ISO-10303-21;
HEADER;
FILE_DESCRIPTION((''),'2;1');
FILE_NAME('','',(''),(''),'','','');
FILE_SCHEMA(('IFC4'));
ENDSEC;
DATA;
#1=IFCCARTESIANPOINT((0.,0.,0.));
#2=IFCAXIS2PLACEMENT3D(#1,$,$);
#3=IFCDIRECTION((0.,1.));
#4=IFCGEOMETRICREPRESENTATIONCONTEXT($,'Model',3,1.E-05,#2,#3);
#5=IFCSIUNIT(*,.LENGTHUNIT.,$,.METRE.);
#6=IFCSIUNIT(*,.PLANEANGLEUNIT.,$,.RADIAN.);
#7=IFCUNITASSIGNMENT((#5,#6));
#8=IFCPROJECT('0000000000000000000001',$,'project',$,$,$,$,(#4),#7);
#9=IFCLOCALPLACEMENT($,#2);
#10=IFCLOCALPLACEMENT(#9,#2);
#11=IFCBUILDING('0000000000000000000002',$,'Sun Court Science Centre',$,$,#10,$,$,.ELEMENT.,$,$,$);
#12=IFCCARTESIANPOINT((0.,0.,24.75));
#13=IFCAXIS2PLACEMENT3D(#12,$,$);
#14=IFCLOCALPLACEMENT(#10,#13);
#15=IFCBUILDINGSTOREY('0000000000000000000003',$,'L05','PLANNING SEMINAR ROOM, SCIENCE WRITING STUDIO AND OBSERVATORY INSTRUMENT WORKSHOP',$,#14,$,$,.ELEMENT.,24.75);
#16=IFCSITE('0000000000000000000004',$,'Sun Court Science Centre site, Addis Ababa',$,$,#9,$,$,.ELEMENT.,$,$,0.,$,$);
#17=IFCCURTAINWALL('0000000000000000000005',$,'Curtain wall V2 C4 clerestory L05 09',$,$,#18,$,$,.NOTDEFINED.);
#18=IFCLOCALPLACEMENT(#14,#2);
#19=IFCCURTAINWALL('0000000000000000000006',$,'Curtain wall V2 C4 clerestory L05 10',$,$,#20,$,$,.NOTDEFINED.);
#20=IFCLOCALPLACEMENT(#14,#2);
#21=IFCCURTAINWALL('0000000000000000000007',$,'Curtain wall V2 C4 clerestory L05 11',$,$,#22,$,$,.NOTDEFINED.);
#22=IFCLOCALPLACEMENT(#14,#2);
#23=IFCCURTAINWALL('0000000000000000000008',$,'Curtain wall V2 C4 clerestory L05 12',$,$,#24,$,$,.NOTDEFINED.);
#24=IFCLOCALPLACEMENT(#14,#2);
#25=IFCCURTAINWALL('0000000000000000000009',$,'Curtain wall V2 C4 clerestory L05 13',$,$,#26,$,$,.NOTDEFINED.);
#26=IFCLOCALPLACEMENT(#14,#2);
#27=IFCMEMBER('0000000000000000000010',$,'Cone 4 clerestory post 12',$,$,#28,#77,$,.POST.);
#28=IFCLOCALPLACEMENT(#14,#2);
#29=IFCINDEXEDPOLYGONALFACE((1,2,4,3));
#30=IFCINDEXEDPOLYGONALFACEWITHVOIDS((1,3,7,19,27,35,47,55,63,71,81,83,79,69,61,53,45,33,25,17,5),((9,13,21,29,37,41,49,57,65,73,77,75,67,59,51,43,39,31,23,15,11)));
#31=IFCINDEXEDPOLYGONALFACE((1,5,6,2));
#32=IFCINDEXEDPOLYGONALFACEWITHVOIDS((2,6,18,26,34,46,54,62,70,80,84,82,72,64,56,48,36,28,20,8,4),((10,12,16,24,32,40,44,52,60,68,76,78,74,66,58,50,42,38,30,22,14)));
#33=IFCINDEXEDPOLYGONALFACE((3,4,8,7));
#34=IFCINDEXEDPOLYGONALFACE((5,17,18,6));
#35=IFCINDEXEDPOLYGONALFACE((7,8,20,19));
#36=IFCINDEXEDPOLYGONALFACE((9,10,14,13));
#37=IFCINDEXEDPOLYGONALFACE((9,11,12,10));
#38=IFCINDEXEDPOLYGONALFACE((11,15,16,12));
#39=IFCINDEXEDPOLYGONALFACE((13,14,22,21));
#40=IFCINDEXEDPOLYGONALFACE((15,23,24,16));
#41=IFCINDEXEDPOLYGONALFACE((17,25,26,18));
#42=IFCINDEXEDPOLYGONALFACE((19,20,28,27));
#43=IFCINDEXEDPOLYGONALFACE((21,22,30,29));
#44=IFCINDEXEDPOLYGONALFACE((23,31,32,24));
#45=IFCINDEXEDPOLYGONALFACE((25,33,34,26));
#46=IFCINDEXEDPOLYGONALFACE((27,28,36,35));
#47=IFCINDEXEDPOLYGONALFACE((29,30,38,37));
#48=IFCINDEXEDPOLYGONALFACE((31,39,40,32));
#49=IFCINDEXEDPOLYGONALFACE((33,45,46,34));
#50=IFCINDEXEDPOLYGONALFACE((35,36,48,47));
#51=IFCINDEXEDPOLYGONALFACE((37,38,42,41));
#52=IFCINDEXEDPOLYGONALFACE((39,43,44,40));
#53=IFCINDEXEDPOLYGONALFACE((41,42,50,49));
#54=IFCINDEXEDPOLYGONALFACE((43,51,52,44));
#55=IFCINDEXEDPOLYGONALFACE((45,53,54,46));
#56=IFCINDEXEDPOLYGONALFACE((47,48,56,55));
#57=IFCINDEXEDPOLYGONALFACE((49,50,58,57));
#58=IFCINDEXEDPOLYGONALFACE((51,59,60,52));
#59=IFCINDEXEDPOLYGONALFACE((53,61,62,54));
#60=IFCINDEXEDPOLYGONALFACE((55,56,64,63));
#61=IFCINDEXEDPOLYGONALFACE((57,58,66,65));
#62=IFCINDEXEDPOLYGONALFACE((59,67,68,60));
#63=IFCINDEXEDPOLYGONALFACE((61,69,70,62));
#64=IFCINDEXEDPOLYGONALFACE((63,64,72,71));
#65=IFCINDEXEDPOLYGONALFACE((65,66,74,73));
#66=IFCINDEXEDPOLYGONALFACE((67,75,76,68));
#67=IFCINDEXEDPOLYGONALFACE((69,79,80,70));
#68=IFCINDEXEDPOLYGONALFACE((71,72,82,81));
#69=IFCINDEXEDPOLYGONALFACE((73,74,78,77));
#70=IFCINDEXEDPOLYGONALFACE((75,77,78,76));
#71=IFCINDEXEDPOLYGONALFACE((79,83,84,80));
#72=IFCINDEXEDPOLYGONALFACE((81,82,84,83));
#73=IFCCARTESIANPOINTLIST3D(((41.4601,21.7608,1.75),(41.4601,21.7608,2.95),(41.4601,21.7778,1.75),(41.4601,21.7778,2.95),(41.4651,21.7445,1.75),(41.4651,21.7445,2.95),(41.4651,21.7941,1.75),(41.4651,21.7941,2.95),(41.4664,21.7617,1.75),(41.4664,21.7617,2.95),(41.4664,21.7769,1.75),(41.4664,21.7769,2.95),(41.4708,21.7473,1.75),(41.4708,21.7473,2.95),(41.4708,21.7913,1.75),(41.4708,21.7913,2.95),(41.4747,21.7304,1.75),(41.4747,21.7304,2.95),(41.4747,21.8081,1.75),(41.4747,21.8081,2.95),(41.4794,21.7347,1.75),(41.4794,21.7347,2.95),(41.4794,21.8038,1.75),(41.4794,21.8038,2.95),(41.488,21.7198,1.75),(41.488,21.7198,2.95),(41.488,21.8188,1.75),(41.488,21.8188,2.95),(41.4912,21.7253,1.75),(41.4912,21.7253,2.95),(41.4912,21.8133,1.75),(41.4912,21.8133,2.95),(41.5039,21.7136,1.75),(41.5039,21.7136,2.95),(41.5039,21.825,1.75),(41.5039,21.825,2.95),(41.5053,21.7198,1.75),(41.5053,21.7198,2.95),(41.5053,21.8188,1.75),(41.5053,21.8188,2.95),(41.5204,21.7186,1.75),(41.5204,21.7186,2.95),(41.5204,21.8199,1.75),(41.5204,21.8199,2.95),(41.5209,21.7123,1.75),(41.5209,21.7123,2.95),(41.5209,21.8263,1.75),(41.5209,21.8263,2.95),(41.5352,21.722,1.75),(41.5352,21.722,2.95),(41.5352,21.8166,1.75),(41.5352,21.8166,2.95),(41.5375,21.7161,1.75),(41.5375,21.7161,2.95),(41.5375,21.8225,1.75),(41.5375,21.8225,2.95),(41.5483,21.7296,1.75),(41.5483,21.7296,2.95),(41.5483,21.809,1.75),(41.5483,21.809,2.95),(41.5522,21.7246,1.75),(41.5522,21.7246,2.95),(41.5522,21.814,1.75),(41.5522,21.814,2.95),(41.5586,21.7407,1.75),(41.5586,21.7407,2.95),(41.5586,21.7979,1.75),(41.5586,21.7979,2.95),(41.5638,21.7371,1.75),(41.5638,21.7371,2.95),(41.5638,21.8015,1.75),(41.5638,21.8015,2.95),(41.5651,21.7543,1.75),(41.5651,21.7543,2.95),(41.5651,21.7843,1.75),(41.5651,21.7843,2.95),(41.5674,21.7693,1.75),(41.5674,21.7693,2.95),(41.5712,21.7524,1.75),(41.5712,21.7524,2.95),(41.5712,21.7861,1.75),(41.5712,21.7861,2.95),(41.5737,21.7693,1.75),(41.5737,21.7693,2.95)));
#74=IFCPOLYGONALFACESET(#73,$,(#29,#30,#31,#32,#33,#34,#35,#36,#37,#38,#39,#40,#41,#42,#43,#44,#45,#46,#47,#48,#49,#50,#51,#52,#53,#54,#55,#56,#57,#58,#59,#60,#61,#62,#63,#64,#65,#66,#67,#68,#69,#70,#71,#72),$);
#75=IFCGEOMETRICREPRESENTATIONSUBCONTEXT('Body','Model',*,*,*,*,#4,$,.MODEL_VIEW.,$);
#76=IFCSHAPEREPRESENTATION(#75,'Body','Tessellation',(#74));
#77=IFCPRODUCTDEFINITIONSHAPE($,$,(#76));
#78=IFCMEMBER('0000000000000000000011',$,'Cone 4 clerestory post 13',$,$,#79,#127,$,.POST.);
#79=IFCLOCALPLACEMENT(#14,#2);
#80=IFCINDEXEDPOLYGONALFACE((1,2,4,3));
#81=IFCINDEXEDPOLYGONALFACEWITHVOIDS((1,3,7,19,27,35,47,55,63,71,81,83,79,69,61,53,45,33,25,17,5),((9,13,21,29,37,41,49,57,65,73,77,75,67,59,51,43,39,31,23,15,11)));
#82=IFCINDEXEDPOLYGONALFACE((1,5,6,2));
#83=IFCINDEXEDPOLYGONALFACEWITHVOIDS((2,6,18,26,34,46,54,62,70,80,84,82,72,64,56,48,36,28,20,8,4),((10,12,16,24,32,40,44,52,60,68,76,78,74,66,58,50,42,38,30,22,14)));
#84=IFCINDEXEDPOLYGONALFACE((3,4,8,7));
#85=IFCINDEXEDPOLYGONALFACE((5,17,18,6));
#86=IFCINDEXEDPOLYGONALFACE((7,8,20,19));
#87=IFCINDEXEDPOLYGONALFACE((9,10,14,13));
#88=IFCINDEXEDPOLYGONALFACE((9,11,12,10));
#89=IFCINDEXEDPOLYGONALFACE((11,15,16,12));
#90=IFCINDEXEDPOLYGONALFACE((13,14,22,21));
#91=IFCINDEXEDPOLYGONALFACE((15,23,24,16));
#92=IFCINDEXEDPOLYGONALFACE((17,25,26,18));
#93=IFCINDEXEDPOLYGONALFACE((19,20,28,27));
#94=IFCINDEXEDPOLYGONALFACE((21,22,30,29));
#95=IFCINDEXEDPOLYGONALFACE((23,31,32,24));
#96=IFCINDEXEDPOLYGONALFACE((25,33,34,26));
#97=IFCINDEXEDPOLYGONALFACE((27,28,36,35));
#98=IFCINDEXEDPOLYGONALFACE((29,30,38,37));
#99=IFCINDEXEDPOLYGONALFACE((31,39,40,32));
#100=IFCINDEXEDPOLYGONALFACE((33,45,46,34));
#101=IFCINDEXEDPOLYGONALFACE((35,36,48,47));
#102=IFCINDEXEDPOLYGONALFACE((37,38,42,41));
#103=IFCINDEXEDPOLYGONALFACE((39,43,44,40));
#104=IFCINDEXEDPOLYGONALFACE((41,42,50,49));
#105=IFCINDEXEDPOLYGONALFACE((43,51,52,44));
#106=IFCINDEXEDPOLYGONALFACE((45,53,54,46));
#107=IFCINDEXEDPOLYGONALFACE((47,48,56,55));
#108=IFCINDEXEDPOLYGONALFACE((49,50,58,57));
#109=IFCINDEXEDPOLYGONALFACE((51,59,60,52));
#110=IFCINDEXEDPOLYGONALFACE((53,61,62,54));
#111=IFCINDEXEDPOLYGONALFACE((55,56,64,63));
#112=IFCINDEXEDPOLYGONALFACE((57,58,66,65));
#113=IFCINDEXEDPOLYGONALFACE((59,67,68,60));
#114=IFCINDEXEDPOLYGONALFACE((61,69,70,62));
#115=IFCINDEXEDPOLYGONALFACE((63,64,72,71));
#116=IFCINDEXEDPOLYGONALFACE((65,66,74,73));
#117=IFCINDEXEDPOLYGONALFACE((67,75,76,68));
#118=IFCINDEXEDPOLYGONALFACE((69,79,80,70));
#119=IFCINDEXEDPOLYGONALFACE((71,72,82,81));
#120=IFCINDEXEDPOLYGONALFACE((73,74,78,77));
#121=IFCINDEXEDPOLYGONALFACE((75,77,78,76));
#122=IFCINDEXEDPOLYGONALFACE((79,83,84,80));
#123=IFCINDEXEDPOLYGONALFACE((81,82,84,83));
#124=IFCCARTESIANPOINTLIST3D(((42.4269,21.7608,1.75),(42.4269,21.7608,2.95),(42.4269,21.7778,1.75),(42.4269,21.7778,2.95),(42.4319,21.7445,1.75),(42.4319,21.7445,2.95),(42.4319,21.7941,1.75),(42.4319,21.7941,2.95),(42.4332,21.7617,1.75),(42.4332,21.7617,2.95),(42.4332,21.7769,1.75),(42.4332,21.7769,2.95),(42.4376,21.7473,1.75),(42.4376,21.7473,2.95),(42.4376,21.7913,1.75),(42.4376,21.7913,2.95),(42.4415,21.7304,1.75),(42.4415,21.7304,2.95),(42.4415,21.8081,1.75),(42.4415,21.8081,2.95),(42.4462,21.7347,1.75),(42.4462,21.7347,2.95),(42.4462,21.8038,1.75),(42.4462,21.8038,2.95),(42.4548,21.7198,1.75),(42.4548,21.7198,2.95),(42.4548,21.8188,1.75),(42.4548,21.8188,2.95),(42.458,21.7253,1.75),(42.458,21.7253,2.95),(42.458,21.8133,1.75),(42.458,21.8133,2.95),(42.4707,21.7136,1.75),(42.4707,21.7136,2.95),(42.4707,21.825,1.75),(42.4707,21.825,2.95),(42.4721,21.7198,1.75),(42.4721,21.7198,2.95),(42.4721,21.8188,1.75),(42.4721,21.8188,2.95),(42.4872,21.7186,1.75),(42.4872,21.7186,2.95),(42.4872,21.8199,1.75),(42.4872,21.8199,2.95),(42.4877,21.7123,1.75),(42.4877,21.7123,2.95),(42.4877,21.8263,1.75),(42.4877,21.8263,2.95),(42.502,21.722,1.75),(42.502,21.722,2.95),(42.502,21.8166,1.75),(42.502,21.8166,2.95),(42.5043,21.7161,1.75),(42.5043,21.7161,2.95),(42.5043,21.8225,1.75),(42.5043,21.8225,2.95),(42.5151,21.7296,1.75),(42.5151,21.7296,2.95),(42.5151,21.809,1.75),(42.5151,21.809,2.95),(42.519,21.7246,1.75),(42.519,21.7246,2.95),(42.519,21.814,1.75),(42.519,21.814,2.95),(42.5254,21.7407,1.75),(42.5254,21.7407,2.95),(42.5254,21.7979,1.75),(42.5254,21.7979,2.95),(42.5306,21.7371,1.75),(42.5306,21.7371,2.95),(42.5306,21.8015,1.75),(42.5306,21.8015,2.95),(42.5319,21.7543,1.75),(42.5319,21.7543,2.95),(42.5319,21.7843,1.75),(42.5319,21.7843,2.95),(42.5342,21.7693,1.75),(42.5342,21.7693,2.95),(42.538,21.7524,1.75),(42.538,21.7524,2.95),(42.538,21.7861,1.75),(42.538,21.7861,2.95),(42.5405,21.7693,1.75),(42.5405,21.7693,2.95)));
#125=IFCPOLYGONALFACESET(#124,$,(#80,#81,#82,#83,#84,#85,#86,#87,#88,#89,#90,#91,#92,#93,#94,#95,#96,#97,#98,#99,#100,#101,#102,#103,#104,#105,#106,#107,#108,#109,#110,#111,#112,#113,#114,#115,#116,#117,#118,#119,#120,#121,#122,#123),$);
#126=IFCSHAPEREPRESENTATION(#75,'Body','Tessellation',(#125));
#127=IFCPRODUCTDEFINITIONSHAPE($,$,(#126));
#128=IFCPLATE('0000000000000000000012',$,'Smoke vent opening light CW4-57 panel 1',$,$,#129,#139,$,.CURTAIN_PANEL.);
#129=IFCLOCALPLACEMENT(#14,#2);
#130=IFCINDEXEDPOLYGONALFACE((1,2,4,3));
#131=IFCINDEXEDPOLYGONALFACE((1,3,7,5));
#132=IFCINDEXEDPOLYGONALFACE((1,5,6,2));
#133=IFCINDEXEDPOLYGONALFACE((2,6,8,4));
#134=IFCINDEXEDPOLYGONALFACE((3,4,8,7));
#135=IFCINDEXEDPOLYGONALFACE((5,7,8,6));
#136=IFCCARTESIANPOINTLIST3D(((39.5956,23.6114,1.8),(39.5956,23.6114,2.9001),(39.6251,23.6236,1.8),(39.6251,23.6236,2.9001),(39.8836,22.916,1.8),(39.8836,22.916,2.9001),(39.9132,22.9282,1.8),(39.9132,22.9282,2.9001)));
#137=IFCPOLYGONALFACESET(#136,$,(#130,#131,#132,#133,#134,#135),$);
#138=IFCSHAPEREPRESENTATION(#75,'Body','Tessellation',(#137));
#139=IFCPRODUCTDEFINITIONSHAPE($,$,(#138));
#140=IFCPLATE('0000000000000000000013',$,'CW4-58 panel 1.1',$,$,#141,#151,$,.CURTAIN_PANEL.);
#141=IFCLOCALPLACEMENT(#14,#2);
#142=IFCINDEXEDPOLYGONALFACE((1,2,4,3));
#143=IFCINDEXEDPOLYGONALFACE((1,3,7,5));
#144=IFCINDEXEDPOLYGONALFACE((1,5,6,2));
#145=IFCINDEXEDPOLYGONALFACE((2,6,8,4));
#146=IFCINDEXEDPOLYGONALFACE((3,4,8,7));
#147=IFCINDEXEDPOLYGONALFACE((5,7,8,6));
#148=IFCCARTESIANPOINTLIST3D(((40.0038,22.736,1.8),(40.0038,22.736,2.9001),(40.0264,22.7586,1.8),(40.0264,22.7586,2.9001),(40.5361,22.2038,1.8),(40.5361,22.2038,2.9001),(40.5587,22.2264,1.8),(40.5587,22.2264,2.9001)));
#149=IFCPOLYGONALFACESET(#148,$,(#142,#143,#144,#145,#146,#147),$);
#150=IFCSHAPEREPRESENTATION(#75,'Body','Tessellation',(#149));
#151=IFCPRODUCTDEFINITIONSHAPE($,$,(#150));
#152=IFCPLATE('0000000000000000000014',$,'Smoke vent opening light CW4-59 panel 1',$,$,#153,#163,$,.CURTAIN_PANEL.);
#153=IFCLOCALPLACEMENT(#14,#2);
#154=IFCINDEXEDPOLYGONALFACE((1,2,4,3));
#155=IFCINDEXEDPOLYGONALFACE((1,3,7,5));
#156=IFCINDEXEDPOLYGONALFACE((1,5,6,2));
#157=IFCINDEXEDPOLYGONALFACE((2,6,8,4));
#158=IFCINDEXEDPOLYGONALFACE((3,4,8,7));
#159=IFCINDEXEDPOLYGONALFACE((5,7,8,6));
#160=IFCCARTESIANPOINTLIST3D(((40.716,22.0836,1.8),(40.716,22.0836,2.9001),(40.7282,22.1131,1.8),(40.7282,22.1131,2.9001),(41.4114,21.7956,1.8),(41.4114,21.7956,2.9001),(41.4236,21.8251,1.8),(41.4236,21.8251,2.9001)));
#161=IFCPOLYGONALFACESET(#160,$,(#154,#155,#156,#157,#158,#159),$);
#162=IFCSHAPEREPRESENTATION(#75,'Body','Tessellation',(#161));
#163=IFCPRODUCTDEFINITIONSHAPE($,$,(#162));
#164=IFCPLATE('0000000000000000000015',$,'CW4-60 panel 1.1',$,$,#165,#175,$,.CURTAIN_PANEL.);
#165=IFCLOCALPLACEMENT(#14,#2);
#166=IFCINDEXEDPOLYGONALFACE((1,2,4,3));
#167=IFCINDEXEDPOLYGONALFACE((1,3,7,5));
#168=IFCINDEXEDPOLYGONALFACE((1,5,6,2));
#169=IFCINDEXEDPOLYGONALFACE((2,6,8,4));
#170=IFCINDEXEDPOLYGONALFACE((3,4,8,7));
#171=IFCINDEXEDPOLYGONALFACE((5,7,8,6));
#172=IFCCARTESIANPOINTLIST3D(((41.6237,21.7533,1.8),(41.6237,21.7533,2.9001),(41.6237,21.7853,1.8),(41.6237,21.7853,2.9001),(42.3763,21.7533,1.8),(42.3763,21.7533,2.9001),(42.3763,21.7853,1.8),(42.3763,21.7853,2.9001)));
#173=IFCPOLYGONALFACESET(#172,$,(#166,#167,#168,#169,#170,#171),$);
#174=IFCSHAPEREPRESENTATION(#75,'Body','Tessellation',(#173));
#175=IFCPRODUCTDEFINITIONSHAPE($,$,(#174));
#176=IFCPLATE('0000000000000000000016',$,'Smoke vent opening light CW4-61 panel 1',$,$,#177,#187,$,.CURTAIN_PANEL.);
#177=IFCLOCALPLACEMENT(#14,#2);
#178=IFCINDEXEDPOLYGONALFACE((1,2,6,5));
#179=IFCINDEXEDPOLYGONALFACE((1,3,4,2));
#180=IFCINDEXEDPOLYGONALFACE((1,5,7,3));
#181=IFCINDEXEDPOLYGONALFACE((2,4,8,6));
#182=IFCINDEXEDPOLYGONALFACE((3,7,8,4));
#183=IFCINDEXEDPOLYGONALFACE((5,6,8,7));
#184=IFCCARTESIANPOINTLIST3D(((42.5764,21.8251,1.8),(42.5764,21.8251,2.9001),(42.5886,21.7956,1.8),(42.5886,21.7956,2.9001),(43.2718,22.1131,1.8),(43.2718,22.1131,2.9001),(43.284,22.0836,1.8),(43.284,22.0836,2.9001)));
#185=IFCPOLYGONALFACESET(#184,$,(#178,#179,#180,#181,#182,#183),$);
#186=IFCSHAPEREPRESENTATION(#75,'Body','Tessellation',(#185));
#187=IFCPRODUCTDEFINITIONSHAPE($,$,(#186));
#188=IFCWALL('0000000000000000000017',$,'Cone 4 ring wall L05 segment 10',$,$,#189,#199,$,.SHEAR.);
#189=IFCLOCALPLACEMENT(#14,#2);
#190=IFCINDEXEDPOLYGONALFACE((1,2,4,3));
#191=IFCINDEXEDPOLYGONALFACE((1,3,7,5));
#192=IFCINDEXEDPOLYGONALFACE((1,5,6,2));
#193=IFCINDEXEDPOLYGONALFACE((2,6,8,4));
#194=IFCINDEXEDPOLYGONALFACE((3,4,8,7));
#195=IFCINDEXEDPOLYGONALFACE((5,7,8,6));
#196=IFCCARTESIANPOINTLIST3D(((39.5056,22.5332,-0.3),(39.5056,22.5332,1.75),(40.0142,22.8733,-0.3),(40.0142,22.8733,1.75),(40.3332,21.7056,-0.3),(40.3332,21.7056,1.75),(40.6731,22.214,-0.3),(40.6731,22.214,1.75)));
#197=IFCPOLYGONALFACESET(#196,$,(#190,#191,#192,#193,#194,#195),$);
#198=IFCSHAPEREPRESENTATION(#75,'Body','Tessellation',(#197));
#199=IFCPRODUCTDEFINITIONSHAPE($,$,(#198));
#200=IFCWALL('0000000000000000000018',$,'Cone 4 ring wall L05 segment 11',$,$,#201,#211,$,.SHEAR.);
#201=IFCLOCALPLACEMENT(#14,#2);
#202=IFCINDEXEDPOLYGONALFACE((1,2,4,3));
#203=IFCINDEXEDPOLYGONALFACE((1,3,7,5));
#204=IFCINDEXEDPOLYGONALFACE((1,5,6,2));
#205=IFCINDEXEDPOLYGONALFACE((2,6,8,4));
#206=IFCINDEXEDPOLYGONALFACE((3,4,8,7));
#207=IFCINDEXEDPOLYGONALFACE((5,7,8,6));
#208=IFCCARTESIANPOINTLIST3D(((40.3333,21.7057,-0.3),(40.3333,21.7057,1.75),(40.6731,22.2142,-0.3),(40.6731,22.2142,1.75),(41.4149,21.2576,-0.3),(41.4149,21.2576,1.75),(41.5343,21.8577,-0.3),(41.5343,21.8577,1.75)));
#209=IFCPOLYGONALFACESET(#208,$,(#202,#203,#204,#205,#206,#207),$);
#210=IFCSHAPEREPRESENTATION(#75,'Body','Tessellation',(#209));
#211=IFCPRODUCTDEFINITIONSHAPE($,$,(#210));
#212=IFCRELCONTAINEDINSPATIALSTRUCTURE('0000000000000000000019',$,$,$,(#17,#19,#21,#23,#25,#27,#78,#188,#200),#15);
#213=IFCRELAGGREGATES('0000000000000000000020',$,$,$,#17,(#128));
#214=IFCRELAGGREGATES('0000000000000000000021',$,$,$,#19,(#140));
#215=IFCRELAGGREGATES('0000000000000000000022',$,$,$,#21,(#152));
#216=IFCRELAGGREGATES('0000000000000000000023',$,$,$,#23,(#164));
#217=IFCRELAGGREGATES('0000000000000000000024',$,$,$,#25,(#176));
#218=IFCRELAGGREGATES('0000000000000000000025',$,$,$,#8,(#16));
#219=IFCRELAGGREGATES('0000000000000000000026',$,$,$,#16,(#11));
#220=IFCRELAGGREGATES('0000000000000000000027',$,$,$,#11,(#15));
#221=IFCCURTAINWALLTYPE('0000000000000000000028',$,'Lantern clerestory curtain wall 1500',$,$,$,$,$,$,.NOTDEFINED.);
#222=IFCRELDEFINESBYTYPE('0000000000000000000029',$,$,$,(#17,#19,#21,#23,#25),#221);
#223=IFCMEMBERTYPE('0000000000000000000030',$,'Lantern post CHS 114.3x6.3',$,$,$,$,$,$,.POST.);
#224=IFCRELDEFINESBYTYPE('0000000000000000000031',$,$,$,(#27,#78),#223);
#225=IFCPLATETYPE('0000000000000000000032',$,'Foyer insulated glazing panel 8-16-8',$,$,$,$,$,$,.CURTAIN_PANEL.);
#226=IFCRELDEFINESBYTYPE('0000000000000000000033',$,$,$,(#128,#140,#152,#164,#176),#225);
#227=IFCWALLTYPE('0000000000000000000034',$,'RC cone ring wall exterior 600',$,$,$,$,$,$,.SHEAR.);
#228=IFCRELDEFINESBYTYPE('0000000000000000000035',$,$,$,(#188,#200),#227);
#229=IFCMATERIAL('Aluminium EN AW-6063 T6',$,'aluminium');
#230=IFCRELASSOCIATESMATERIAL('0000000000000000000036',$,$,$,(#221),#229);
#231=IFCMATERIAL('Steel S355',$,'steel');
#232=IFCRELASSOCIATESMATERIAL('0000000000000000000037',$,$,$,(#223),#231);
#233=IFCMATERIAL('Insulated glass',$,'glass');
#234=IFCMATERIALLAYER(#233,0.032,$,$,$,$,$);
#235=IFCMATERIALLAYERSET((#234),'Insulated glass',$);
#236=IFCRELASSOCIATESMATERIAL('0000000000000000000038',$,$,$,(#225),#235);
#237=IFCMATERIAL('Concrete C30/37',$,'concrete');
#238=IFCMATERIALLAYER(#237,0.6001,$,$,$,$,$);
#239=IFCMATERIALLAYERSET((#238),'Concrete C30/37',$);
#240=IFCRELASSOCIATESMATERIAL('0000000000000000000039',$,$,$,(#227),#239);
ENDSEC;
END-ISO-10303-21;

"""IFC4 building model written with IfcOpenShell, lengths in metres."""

from ifc_helpers import new_model, si_unit, direction, frame, origin, origin_2d, place, context, subcontext, project, spatial, polyline, rectangle, hollow_circle, outline, extrude, material, layer, layer_set, material_profile, profile_set, type_object, element, aggregate, save


model = new_model("IFC4")

# Units and contexts
model_context = context("Model", 3, precision=1e-05, world=origin(), true_north=direction((0.0, 1.0)))
body_context = subcontext(model_context, "Body", "Model", "MODEL_VIEW")
ifc_project = project(units=[si_unit("LENGTHUNIT", "METRE"), si_unit("PLANEANGLEUNIT", "RADIAN")], contexts=[model_context])

# Site, building, storey
site_placement = place(None, origin())
site = spatial("IfcSite", under=ifc_project, at=site_placement, Name="Sun Court Science Centre site, Addis Ababa", CompositionType="ELEMENT", RefElevation=0.0)
building_placement = place(site_placement, origin())
building = spatial("IfcBuilding", under=site, at=building_placement, Name="Sun Court Science Centre", CompositionType="ELEMENT")
storey_placement = place(building_placement, frame((0.0, 0.0, 24.75)))
storey = spatial("IfcBuildingStorey", under=building, at=storey_placement, Name="L05", Description="PLANNING SEMINAR ROOM, SCIENCE WRITING STUDIO AND OBSERVATORY INSTRUMENT WORKSHOP", CompositionType="ELEMENT", Elevation=24.75)

# Curtain wall
ifc_material_1 = material(Name="Aluminium EN AW-6063 T6", Category="aluminium")
curtain_wall_type = type_object("IfcCurtainWallType", Name="Lantern clerestory curtain wall 1500", PredefinedType="NOTDEFINED", material=ifc_material_1)
curtain_wall_1_placement = place(storey_placement, origin())
curtain_wall_1 = element("IfcCurtainWall", 1, at=curtain_wall_1_placement, inside=storey, type_object=curtain_wall_type, Name="Curtain wall V2 C4 clerestory L05 09", PredefinedType="NOTDEFINED")

# Curtain walls
curtain_wall_2_placement = place(storey_placement, origin())
curtain_wall_2 = element("IfcCurtainWall", 2, at=curtain_wall_2_placement, inside=storey, type_object=curtain_wall_type, Name="Curtain wall V2 C4 clerestory L05 10", PredefinedType="NOTDEFINED")
curtain_wall_3_placement = place(storey_placement, origin())
curtain_wall_3 = element("IfcCurtainWall", 3, at=curtain_wall_3_placement, inside=storey, type_object=curtain_wall_type, Name="Curtain wall V2 C4 clerestory L05 11", PredefinedType="NOTDEFINED")
curtain_wall_4_placement = place(storey_placement, origin())
curtain_wall_4 = element("IfcCurtainWall", 4, at=curtain_wall_4_placement, inside=storey, type_object=curtain_wall_type, Name="Curtain wall V2 C4 clerestory L05 12", PredefinedType="NOTDEFINED")

# Curtain wall
curtain_wall_5_placement = place(storey_placement, origin())
curtain_wall_5 = element("IfcCurtainWall", 5, at=curtain_wall_5_placement, inside=storey, type_object=curtain_wall_type, Name="Curtain wall V2 C4 clerestory L05 13", PredefinedType="NOTDEFINED")

# Members
ifc_material_2 = material(Name="Steel S355", Category="steel")
ifc_material_profile_1 = material_profile(ifc_material_2, hollow_circle(Radius=0.0571, WallThickness=0.0063, at=origin_2d()), Name="CHS 114.3x6.3")
ifc_profile_set_1 = profile_set([ifc_material_profile_1], Name="Steel S355")
member_type_1 = type_object("IfcMemberType", Name="Lantern post CHS 114.3x6.3", PredefinedType="POST", material=ifc_profile_set_1)
for number, where, z_axis, x_axis, name in (
    (6, (41.5166, 21.7693, 1.75), (0.0, 0.0, 1.0), (1.0, 0.0, 0.0), "Cone 4 clerestory post 12"),
    (7, (42.4834, 21.7693, 1.75), (0.0, 0.0, 1.0), (1.0, 0.0, 0.0), "Cone 4 clerestory post 13"),
):
    element("IfcMember", number, at=place(storey_placement, frame(where, z_axis=z_axis, x_axis=x_axis)), inside=storey, type_object=member_type_1, Name=name, PredefinedType="POST", context=body_context, shape_type="SweptSolid", body=[
        extrude(hollow_circle(Radius=0.0571, WallThickness=0.0063, at=origin_2d()), origin(), (0.0, 0.0, 1.0), 1.2),
    ])

# Plates
ifc_material_3 = material(Name="Insulated glass", Category="glass")
ifc_layer_1 = layer(ifc_material_3, 0.032)
ifc_layer_set_1 = layer_set([ifc_layer_1], Name="Insulated glass")
plate_type = type_object("IfcPlateType", Name="Foyer insulated glazing panel 8-16-8", PredefinedType="CURTAIN_PANEL", material=ifc_layer_set_1)
plate_1_placement = place(storey_placement, frame((39.7544, 23.2698, 1.8), z_axis=(0.0, 0.0, 1.0), x_axis=(-0.382683, 0.92388, 0.0)))
plate_1 = element("IfcPlate", 8, at=plate_1_placement, type_object=plate_type, Name="Smoke vent opening light CW4-57 panel 1", PredefinedType="CURTAIN_PANEL", context=body_context, shape_type="SweptSolid", body=[
    extrude(rectangle(XDim=0.7527, YDim=0.032, at=origin_2d()), origin(), (0.0, 0.0, 1.0), 1.1001),
])
aggregate(curtain_wall_1, [plate_1])
plate_2_placement = place(storey_placement, frame((40.2812, 22.4812, 1.8), z_axis=(0.0, 0.0, 1.0), x_axis=(-0.707107, 0.707107, 0.0)))
plate_2 = element("IfcPlate", 9, at=plate_2_placement, type_object=plate_type, Name="CW4-58 panel 1.1", PredefinedType="CURTAIN_PANEL", context=body_context, shape_type="SweptSolid", body=[
    extrude(rectangle(XDim=0.7527, YDim=0.032, at=origin_2d()), origin(), (0.0, 0.0, 1.0), 1.1001),
])
aggregate(curtain_wall_2, [plate_2])
plate_3_placement = place(storey_placement, frame((41.0698, 21.9543, 1.8), z_axis=(0.0, 0.0, 1.0), x_axis=(-0.92388, 0.382683, 0.0)))
plate_3 = element("IfcPlate", 10, at=plate_3_placement, type_object=plate_type, Name="Smoke vent opening light CW4-59 panel 1", PredefinedType="CURTAIN_PANEL", context=body_context, shape_type="SweptSolid", body=[
    extrude(rectangle(XDim=0.7527, YDim=0.032, at=origin_2d()), origin(), (0.0, 0.0, 1.0), 1.1001),
])
aggregate(curtain_wall_3, [plate_3])
plate_4_placement = place(storey_placement, frame((42.0, 21.7693, 1.8), z_axis=(0.0, 0.0, 1.0), x_axis=(-1.0, 0.0, 0.0)))
plate_4 = element("IfcPlate", 11, at=plate_4_placement, type_object=plate_type, Name="CW4-60 panel 1.1", PredefinedType="CURTAIN_PANEL", context=body_context, shape_type="SweptSolid", body=[
    extrude(rectangle(XDim=0.7527, YDim=0.032, at=origin_2d()), origin(), (0.0, 0.0, 1.0), 1.1001),
])
aggregate(curtain_wall_4, [plate_4])
plate_5_placement = place(storey_placement, frame((42.9302, 21.9543, 1.8), z_axis=(0.0, 0.0, 1.0), x_axis=(-0.92388, -0.382683, 0.0)))
plate_5 = element("IfcPlate", 12, at=plate_5_placement, type_object=plate_type, Name="Smoke vent opening light CW4-61 panel 1", PredefinedType="CURTAIN_PANEL", context=body_context, shape_type="SweptSolid", body=[
    extrude(rectangle(XDim=0.7527, YDim=0.032, at=origin_2d()), origin(), (0.0, 0.0, 1.0), 1.1001),
])
aggregate(curtain_wall_5, [plate_5])

# Walls
ifc_material_4 = material(Name="Concrete C30/37", Category="concrete")
ifc_layer_2 = layer(ifc_material_4, 0.6001)
ifc_layer_set_2 = layer_set([ifc_layer_2], Name="Concrete C30/37")
wall_type = type_object("IfcWallType", Name="RC cone ring wall exterior 600", PredefinedType="SHEAR", material=ifc_layer_set_2)
wall_1_placement = place(storey_placement, frame((39.7178, 22.7454, -0.3), z_axis=(0.0, 0.0, 1.0), x_axis=(0.707107, -0.707107, 0.0)))
element("IfcWall", 13, at=wall_1_placement, inside=storey, type_object=wall_type, Name="Cone 4 ring wall L05 segment 10", PredefinedType="SHEAR", context=body_context, shape_type="SweptSolid", body=[
    extrude(outline(polyline([(0.0, -0.3), (1.1704, -0.3), (1.0513, 0.2998), (0.1191, 0.3), (0.0, -0.3)])), origin(), (0.0, 0.0, 1.0), 2.05),
])
wall_2_placement = place(storey_placement, frame((40.448, 21.9827, -0.3), z_axis=(0.0, 0.0, 1.0), x_axis=(0.923951, -0.382511, 0.0)))
element("IfcWall", 14, at=wall_2_placement, inside=storey, type_object=wall_type, Name="Cone 4 ring wall L05 segment 11", PredefinedType="SHEAR", context=body_context, shape_type="SweptSolid", body=[
    extrude(outline(polyline([(0.0, -0.2998), (1.1707, -0.3), (1.0515, 0.3), (0.1194, 0.3), (0.0, -0.2998)])), origin(), (0.0, 0.0, 1.0), 2.05),
])

save(model, "model.ifc")
